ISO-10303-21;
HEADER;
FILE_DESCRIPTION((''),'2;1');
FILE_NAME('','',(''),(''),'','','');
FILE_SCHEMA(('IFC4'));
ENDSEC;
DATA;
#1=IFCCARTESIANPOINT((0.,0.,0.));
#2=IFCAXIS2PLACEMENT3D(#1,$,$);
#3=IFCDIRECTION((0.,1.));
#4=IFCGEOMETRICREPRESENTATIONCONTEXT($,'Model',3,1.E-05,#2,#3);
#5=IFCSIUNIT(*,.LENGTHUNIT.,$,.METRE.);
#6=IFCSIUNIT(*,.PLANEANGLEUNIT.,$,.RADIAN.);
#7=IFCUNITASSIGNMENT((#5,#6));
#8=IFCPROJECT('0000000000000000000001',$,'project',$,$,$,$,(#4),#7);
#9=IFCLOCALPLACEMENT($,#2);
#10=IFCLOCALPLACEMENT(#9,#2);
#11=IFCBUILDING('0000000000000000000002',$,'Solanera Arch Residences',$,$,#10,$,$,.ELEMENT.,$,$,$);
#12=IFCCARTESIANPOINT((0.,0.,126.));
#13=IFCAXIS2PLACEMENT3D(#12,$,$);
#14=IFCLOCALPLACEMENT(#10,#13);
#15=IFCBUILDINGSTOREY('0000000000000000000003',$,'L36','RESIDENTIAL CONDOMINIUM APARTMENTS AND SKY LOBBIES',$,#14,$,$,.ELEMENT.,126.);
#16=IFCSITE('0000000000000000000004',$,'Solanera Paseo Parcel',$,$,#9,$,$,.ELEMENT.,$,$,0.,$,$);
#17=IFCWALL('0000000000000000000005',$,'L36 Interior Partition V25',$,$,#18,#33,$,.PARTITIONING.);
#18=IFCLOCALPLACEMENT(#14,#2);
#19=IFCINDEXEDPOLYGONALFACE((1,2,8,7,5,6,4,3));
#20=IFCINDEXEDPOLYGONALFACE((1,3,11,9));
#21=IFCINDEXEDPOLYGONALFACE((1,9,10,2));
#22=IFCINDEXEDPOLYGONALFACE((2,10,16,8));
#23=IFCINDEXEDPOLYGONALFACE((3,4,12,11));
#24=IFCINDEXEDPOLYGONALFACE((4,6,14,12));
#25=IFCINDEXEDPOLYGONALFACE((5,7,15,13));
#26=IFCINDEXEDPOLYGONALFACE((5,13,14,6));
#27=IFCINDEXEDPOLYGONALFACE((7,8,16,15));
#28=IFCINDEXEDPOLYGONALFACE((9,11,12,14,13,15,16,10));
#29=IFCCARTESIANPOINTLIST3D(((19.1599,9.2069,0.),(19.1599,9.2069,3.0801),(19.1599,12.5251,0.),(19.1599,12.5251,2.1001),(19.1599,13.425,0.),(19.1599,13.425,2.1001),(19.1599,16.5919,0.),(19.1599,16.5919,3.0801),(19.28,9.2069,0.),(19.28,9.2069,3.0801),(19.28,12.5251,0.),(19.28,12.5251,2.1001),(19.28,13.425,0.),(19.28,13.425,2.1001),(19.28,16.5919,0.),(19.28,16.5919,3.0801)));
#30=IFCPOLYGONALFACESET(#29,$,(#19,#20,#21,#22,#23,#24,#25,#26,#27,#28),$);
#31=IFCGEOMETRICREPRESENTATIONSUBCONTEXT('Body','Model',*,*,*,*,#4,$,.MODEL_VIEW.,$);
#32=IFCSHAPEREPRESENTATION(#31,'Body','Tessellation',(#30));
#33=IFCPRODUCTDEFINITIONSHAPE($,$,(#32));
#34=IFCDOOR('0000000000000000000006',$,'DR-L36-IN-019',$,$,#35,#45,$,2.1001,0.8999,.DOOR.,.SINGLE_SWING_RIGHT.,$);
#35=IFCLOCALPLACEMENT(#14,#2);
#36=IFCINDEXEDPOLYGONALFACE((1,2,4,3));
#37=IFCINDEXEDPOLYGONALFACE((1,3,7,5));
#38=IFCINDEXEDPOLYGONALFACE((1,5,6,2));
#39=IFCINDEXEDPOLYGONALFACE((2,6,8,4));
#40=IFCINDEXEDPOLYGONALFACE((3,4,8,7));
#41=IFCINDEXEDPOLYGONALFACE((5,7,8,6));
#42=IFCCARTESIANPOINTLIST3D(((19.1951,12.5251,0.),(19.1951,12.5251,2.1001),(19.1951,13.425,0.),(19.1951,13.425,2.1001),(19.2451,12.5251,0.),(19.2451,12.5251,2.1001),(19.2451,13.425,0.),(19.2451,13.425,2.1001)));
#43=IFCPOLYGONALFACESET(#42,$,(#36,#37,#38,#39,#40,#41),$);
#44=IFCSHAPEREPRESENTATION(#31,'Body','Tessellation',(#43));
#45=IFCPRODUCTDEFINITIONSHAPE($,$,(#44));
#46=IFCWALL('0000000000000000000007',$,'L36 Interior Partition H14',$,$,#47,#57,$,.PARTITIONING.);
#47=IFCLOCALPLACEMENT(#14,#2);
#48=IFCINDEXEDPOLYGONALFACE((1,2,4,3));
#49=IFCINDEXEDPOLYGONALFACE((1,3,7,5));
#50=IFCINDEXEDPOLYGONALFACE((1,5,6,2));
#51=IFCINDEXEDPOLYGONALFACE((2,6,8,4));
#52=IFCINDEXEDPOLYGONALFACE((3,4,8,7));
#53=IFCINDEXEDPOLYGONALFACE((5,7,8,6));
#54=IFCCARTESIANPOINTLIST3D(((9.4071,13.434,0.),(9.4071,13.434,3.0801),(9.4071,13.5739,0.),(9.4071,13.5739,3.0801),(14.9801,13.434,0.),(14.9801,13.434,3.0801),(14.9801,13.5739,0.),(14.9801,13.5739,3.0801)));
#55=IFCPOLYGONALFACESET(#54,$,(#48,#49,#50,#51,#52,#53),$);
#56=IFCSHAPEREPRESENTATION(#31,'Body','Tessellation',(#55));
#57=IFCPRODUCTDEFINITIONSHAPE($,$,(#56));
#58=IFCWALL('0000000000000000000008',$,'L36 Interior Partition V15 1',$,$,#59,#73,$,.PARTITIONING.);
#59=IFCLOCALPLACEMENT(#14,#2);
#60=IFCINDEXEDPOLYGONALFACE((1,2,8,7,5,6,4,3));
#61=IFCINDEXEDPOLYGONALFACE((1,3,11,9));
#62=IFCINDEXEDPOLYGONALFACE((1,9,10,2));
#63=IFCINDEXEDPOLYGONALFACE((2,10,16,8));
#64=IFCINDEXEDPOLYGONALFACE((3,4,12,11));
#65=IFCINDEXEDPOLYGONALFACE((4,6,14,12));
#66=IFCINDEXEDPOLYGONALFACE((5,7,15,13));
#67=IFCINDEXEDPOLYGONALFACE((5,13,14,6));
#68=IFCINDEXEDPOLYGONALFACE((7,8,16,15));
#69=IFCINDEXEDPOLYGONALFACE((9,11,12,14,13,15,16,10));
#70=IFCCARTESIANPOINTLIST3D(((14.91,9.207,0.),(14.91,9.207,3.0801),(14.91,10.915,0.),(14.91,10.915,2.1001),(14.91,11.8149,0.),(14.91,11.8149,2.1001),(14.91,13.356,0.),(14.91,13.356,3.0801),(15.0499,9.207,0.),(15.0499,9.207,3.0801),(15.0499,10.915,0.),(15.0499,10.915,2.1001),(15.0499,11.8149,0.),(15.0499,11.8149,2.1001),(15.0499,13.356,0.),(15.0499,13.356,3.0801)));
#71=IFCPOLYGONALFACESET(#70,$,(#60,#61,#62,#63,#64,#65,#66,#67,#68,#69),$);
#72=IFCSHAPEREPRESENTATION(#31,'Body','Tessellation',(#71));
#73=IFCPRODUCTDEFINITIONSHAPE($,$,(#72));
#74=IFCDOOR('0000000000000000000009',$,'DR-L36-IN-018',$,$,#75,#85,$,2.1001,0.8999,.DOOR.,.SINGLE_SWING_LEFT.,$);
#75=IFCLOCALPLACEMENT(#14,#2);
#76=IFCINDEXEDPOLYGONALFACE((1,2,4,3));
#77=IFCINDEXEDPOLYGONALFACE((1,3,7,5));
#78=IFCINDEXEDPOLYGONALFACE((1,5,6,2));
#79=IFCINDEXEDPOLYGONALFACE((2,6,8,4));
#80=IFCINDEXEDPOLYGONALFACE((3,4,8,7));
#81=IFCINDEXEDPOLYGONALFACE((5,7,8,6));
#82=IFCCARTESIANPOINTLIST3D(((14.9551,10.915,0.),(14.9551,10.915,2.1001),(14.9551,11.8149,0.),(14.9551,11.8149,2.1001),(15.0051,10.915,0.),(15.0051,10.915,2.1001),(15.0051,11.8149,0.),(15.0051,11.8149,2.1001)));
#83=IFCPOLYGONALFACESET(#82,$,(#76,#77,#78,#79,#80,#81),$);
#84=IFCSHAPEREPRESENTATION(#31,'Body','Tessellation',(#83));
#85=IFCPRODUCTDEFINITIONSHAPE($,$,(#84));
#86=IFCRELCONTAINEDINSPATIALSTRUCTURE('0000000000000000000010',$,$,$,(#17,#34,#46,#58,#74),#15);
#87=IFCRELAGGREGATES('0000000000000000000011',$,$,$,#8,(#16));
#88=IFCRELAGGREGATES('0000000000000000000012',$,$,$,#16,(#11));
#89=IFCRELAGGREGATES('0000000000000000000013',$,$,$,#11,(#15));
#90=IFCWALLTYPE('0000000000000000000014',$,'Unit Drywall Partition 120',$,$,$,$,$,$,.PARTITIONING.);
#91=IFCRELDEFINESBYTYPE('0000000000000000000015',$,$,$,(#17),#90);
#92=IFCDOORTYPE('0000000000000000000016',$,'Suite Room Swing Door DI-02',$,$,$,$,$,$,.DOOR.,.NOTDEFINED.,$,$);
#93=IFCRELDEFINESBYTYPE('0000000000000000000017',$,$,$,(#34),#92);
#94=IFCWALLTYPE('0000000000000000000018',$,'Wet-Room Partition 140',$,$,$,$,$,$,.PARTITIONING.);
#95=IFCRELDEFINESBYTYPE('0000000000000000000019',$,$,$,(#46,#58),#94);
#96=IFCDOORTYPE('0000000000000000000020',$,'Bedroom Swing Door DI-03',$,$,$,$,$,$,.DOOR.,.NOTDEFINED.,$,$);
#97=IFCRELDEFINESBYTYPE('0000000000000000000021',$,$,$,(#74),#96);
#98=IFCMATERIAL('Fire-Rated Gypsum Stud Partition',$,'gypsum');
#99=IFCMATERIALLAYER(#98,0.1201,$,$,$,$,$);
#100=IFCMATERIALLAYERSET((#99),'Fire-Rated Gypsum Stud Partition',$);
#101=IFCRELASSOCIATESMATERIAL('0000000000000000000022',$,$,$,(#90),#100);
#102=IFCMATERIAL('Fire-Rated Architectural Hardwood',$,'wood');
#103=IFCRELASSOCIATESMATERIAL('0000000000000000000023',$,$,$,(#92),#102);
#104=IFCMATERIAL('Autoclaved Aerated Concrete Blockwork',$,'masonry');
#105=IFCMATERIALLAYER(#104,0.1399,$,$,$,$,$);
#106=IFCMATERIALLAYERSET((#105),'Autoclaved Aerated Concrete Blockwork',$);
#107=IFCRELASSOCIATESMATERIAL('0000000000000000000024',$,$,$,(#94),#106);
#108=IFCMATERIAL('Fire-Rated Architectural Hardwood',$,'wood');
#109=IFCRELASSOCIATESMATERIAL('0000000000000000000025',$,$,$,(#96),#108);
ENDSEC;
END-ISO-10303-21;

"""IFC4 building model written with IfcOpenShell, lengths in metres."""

from ifc_helpers import new_model, si_unit, direction, frame, frame_2d, origin, place, context, subcontext, project, spatial, rectangle, extrude, material, layer, layer_set, type_object, element, fill, save


model = new_model("IFC4")

# Units and contexts
model_context = context("Model", 3, precision=1e-05, world=origin(), true_north=direction((0.0, 1.0)))
body_context = subcontext(model_context, "Body", "Model", "MODEL_VIEW")
ifc_project = project(units=[si_unit("LENGTHUNIT", "METRE"), si_unit("PLANEANGLEUNIT", "RADIAN")], contexts=[model_context])

# Site, building, storey
site_placement = place(None, origin())
site = spatial("IfcSite", under=ifc_project, at=site_placement, Name="Solanera Paseo Parcel", CompositionType="ELEMENT", RefElevation=0.0)
building_placement = place(site_placement, origin())
building = spatial("IfcBuilding", under=site, at=building_placement, Name="Solanera Arch Residences", CompositionType="ELEMENT")
storey_placement = place(building_placement, frame((0.0, 0.0, 126.0)))
storey = spatial("IfcBuildingStorey", under=building, at=storey_placement, Name="L36", Description="RESIDENTIAL CONDOMINIUM APARTMENTS AND SKY LOBBIES", CompositionType="ELEMENT", Elevation=126.0)

# Wall, opening, door
ifc_material_1 = material(Name="Fire-Rated Gypsum Stud Partition", Category="gypsum")
ifc_layer_1 = layer(ifc_material_1, 0.1201)
ifc_layer_set_1 = layer_set([ifc_layer_1], Name="Fire-Rated Gypsum Stud Partition")
wall_type_1 = type_object("IfcWallType", Name="Unit Drywall Partition 120", PredefinedType="PARTITIONING", material=ifc_layer_set_1)
wall_1_placement = place(storey_placement, frame((19.22, 9.207, 0.0), z_axis=(0.0, 0.0, 1.0), x_axis=(0.0, 1.0, 0.0)))
wall_1 = element("IfcWall", 1, at=wall_1_placement, inside=storey, type_object=wall_type_1, Name="L36 Interior Partition V25", PredefinedType="PARTITIONING", context=body_context, shape_type="SweptSolid", body=[
    extrude(rectangle(XDim=7.385, YDim=0.1201, at=frame_2d((3.6924, 0.0))), origin(), (0.0, 0.0, 1.0), 3.0801),
])
opening_1_placement = place(wall_1_placement, frame((3.3181, 0.0, 0.0)))
opening_1 = element("IfcOpeningElement", 2, at=opening_1_placement, cuts=wall_1, PredefinedType="OPENING", context=body_context, shape_type="SweptSolid", body=[
    extrude(rectangle(XDim=0.8999, YDim=2.1001, at=frame_2d((0.45, 1.05))), frame((0.0, 0.0701, 0.0), z_axis=(0.0, -1.0, 0.0), x_axis=(1.0, 0.0, 0.0)), (0.0, 0.0, 1.0), 0.1401),
])
ifc_material_2 = material(Name="Fire-Rated Architectural Hardwood", Category="wood")
door_type_1 = type_object("IfcDoorType", Name="Suite Room Swing Door DI-02", OperationType="NOTDEFINED", PredefinedType="DOOR", material=ifc_material_2)
door_1_placement = place(opening_1_placement, origin())
door_1 = element("IfcDoor", 3, at=door_1_placement, inside=storey, type_object=door_type_1, Name="DR-L36-IN-019", OperationType="SINGLE_SWING_RIGHT", OverallHeight=2.1001, OverallWidth=0.8999, PredefinedType="DOOR", context=body_context, shape_type="SweptSolid", body=[
    extrude(rectangle(XDim=0.8999, YDim=2.1001, at=frame_2d((0.45, 1.05))), frame((0.0, 0.0249, 0.0), z_axis=(0.0, -1.0, 0.0), x_axis=(1.0, 0.0, 0.0)), (0.0, 0.0, 1.0), 0.05),
])
fill(opening_1, door_1)

# Wall
ifc_material_3 = material(Name="Autoclaved Aerated Concrete Blockwork", Category="masonry")
ifc_layer_2 = layer(ifc_material_3, 0.1399)
ifc_layer_set_2 = layer_set([ifc_layer_2], Name="Autoclaved Aerated Concrete Blockwork")
wall_type_2 = type_object("IfcWallType", Name="Wet-Room Partition 140", PredefinedType="PARTITIONING", material=ifc_layer_set_2)
wall_2_placement = place(storey_placement, frame((9.407, 13.5039, 0.0), z_axis=(0.0, 0.0, 1.0), x_axis=(1.0, 0.0, 0.0)))
element("IfcWall", 4, at=wall_2_placement, inside=storey, type_object=wall_type_2, Name="L36 Interior Partition H14", PredefinedType="PARTITIONING", context=body_context, shape_type="SweptSolid", body=[
    extrude(rectangle(XDim=5.573, YDim=0.1399, at=frame_2d((2.7866, 0.0))), origin(), (0.0, 0.0, 1.0), 3.0801),
])

# Wall, opening, door
wall_3_placement = place(storey_placement, frame((14.98, 9.207, 0.0), z_axis=(0.0, 0.0, 1.0), x_axis=(0.0, 1.0, 0.0)))
wall_3 = element("IfcWall", 5, at=wall_3_placement, inside=storey, type_object=wall_type_2, Name="L36 Interior Partition V15 1", PredefinedType="PARTITIONING", context=body_context, shape_type="SweptSolid", body=[
    extrude(rectangle(XDim=4.1489, YDim=0.1399, at=frame_2d((2.0745, 0.0))), origin(), (0.0, 0.0, 1.0), 3.0801),
])
opening_2_placement = place(wall_3_placement, frame((1.708, 0.0, 0.0)))
opening_2 = element("IfcOpeningElement", 6, at=opening_2_placement, cuts=wall_3, PredefinedType="OPENING", context=body_context, shape_type="SweptSolid", body=[
    extrude(rectangle(XDim=0.8999, YDim=2.1001, at=frame_2d((0.45, 1.05))), frame((0.0, 0.0798, 0.0), z_axis=(0.0, -1.0, 0.0), x_axis=(1.0, 0.0, 0.0)), (0.0, 0.0, 1.0), 0.1599),
])
ifc_material_4 = material(Name="Fire-Rated Architectural Hardwood", Category="wood")
door_type_2 = type_object("IfcDoorType", Name="Bedroom Swing Door DI-03", OperationType="NOTDEFINED", PredefinedType="DOOR", material=ifc_material_4)
door_2_placement = place(opening_2_placement, origin())
door_2 = element("IfcDoor", 7, at=door_2_placement, inside=storey, type_object=door_type_2, Name="DR-L36-IN-018", OperationType="SINGLE_SWING_LEFT", OverallHeight=2.1001, OverallWidth=0.8999, PredefinedType="DOOR", context=body_context, shape_type="SweptSolid", body=[
    extrude(rectangle(XDim=0.8999, YDim=2.1001, at=frame_2d((0.45, 1.05))), frame((0.0, 0.0249, 0.0), z_axis=(0.0, -1.0, 0.0), x_axis=(1.0, 0.0, 0.0)), (0.0, 0.0, 1.0), 0.05),
])
fill(opening_2, door_2)

save(model, "model.ifc")
